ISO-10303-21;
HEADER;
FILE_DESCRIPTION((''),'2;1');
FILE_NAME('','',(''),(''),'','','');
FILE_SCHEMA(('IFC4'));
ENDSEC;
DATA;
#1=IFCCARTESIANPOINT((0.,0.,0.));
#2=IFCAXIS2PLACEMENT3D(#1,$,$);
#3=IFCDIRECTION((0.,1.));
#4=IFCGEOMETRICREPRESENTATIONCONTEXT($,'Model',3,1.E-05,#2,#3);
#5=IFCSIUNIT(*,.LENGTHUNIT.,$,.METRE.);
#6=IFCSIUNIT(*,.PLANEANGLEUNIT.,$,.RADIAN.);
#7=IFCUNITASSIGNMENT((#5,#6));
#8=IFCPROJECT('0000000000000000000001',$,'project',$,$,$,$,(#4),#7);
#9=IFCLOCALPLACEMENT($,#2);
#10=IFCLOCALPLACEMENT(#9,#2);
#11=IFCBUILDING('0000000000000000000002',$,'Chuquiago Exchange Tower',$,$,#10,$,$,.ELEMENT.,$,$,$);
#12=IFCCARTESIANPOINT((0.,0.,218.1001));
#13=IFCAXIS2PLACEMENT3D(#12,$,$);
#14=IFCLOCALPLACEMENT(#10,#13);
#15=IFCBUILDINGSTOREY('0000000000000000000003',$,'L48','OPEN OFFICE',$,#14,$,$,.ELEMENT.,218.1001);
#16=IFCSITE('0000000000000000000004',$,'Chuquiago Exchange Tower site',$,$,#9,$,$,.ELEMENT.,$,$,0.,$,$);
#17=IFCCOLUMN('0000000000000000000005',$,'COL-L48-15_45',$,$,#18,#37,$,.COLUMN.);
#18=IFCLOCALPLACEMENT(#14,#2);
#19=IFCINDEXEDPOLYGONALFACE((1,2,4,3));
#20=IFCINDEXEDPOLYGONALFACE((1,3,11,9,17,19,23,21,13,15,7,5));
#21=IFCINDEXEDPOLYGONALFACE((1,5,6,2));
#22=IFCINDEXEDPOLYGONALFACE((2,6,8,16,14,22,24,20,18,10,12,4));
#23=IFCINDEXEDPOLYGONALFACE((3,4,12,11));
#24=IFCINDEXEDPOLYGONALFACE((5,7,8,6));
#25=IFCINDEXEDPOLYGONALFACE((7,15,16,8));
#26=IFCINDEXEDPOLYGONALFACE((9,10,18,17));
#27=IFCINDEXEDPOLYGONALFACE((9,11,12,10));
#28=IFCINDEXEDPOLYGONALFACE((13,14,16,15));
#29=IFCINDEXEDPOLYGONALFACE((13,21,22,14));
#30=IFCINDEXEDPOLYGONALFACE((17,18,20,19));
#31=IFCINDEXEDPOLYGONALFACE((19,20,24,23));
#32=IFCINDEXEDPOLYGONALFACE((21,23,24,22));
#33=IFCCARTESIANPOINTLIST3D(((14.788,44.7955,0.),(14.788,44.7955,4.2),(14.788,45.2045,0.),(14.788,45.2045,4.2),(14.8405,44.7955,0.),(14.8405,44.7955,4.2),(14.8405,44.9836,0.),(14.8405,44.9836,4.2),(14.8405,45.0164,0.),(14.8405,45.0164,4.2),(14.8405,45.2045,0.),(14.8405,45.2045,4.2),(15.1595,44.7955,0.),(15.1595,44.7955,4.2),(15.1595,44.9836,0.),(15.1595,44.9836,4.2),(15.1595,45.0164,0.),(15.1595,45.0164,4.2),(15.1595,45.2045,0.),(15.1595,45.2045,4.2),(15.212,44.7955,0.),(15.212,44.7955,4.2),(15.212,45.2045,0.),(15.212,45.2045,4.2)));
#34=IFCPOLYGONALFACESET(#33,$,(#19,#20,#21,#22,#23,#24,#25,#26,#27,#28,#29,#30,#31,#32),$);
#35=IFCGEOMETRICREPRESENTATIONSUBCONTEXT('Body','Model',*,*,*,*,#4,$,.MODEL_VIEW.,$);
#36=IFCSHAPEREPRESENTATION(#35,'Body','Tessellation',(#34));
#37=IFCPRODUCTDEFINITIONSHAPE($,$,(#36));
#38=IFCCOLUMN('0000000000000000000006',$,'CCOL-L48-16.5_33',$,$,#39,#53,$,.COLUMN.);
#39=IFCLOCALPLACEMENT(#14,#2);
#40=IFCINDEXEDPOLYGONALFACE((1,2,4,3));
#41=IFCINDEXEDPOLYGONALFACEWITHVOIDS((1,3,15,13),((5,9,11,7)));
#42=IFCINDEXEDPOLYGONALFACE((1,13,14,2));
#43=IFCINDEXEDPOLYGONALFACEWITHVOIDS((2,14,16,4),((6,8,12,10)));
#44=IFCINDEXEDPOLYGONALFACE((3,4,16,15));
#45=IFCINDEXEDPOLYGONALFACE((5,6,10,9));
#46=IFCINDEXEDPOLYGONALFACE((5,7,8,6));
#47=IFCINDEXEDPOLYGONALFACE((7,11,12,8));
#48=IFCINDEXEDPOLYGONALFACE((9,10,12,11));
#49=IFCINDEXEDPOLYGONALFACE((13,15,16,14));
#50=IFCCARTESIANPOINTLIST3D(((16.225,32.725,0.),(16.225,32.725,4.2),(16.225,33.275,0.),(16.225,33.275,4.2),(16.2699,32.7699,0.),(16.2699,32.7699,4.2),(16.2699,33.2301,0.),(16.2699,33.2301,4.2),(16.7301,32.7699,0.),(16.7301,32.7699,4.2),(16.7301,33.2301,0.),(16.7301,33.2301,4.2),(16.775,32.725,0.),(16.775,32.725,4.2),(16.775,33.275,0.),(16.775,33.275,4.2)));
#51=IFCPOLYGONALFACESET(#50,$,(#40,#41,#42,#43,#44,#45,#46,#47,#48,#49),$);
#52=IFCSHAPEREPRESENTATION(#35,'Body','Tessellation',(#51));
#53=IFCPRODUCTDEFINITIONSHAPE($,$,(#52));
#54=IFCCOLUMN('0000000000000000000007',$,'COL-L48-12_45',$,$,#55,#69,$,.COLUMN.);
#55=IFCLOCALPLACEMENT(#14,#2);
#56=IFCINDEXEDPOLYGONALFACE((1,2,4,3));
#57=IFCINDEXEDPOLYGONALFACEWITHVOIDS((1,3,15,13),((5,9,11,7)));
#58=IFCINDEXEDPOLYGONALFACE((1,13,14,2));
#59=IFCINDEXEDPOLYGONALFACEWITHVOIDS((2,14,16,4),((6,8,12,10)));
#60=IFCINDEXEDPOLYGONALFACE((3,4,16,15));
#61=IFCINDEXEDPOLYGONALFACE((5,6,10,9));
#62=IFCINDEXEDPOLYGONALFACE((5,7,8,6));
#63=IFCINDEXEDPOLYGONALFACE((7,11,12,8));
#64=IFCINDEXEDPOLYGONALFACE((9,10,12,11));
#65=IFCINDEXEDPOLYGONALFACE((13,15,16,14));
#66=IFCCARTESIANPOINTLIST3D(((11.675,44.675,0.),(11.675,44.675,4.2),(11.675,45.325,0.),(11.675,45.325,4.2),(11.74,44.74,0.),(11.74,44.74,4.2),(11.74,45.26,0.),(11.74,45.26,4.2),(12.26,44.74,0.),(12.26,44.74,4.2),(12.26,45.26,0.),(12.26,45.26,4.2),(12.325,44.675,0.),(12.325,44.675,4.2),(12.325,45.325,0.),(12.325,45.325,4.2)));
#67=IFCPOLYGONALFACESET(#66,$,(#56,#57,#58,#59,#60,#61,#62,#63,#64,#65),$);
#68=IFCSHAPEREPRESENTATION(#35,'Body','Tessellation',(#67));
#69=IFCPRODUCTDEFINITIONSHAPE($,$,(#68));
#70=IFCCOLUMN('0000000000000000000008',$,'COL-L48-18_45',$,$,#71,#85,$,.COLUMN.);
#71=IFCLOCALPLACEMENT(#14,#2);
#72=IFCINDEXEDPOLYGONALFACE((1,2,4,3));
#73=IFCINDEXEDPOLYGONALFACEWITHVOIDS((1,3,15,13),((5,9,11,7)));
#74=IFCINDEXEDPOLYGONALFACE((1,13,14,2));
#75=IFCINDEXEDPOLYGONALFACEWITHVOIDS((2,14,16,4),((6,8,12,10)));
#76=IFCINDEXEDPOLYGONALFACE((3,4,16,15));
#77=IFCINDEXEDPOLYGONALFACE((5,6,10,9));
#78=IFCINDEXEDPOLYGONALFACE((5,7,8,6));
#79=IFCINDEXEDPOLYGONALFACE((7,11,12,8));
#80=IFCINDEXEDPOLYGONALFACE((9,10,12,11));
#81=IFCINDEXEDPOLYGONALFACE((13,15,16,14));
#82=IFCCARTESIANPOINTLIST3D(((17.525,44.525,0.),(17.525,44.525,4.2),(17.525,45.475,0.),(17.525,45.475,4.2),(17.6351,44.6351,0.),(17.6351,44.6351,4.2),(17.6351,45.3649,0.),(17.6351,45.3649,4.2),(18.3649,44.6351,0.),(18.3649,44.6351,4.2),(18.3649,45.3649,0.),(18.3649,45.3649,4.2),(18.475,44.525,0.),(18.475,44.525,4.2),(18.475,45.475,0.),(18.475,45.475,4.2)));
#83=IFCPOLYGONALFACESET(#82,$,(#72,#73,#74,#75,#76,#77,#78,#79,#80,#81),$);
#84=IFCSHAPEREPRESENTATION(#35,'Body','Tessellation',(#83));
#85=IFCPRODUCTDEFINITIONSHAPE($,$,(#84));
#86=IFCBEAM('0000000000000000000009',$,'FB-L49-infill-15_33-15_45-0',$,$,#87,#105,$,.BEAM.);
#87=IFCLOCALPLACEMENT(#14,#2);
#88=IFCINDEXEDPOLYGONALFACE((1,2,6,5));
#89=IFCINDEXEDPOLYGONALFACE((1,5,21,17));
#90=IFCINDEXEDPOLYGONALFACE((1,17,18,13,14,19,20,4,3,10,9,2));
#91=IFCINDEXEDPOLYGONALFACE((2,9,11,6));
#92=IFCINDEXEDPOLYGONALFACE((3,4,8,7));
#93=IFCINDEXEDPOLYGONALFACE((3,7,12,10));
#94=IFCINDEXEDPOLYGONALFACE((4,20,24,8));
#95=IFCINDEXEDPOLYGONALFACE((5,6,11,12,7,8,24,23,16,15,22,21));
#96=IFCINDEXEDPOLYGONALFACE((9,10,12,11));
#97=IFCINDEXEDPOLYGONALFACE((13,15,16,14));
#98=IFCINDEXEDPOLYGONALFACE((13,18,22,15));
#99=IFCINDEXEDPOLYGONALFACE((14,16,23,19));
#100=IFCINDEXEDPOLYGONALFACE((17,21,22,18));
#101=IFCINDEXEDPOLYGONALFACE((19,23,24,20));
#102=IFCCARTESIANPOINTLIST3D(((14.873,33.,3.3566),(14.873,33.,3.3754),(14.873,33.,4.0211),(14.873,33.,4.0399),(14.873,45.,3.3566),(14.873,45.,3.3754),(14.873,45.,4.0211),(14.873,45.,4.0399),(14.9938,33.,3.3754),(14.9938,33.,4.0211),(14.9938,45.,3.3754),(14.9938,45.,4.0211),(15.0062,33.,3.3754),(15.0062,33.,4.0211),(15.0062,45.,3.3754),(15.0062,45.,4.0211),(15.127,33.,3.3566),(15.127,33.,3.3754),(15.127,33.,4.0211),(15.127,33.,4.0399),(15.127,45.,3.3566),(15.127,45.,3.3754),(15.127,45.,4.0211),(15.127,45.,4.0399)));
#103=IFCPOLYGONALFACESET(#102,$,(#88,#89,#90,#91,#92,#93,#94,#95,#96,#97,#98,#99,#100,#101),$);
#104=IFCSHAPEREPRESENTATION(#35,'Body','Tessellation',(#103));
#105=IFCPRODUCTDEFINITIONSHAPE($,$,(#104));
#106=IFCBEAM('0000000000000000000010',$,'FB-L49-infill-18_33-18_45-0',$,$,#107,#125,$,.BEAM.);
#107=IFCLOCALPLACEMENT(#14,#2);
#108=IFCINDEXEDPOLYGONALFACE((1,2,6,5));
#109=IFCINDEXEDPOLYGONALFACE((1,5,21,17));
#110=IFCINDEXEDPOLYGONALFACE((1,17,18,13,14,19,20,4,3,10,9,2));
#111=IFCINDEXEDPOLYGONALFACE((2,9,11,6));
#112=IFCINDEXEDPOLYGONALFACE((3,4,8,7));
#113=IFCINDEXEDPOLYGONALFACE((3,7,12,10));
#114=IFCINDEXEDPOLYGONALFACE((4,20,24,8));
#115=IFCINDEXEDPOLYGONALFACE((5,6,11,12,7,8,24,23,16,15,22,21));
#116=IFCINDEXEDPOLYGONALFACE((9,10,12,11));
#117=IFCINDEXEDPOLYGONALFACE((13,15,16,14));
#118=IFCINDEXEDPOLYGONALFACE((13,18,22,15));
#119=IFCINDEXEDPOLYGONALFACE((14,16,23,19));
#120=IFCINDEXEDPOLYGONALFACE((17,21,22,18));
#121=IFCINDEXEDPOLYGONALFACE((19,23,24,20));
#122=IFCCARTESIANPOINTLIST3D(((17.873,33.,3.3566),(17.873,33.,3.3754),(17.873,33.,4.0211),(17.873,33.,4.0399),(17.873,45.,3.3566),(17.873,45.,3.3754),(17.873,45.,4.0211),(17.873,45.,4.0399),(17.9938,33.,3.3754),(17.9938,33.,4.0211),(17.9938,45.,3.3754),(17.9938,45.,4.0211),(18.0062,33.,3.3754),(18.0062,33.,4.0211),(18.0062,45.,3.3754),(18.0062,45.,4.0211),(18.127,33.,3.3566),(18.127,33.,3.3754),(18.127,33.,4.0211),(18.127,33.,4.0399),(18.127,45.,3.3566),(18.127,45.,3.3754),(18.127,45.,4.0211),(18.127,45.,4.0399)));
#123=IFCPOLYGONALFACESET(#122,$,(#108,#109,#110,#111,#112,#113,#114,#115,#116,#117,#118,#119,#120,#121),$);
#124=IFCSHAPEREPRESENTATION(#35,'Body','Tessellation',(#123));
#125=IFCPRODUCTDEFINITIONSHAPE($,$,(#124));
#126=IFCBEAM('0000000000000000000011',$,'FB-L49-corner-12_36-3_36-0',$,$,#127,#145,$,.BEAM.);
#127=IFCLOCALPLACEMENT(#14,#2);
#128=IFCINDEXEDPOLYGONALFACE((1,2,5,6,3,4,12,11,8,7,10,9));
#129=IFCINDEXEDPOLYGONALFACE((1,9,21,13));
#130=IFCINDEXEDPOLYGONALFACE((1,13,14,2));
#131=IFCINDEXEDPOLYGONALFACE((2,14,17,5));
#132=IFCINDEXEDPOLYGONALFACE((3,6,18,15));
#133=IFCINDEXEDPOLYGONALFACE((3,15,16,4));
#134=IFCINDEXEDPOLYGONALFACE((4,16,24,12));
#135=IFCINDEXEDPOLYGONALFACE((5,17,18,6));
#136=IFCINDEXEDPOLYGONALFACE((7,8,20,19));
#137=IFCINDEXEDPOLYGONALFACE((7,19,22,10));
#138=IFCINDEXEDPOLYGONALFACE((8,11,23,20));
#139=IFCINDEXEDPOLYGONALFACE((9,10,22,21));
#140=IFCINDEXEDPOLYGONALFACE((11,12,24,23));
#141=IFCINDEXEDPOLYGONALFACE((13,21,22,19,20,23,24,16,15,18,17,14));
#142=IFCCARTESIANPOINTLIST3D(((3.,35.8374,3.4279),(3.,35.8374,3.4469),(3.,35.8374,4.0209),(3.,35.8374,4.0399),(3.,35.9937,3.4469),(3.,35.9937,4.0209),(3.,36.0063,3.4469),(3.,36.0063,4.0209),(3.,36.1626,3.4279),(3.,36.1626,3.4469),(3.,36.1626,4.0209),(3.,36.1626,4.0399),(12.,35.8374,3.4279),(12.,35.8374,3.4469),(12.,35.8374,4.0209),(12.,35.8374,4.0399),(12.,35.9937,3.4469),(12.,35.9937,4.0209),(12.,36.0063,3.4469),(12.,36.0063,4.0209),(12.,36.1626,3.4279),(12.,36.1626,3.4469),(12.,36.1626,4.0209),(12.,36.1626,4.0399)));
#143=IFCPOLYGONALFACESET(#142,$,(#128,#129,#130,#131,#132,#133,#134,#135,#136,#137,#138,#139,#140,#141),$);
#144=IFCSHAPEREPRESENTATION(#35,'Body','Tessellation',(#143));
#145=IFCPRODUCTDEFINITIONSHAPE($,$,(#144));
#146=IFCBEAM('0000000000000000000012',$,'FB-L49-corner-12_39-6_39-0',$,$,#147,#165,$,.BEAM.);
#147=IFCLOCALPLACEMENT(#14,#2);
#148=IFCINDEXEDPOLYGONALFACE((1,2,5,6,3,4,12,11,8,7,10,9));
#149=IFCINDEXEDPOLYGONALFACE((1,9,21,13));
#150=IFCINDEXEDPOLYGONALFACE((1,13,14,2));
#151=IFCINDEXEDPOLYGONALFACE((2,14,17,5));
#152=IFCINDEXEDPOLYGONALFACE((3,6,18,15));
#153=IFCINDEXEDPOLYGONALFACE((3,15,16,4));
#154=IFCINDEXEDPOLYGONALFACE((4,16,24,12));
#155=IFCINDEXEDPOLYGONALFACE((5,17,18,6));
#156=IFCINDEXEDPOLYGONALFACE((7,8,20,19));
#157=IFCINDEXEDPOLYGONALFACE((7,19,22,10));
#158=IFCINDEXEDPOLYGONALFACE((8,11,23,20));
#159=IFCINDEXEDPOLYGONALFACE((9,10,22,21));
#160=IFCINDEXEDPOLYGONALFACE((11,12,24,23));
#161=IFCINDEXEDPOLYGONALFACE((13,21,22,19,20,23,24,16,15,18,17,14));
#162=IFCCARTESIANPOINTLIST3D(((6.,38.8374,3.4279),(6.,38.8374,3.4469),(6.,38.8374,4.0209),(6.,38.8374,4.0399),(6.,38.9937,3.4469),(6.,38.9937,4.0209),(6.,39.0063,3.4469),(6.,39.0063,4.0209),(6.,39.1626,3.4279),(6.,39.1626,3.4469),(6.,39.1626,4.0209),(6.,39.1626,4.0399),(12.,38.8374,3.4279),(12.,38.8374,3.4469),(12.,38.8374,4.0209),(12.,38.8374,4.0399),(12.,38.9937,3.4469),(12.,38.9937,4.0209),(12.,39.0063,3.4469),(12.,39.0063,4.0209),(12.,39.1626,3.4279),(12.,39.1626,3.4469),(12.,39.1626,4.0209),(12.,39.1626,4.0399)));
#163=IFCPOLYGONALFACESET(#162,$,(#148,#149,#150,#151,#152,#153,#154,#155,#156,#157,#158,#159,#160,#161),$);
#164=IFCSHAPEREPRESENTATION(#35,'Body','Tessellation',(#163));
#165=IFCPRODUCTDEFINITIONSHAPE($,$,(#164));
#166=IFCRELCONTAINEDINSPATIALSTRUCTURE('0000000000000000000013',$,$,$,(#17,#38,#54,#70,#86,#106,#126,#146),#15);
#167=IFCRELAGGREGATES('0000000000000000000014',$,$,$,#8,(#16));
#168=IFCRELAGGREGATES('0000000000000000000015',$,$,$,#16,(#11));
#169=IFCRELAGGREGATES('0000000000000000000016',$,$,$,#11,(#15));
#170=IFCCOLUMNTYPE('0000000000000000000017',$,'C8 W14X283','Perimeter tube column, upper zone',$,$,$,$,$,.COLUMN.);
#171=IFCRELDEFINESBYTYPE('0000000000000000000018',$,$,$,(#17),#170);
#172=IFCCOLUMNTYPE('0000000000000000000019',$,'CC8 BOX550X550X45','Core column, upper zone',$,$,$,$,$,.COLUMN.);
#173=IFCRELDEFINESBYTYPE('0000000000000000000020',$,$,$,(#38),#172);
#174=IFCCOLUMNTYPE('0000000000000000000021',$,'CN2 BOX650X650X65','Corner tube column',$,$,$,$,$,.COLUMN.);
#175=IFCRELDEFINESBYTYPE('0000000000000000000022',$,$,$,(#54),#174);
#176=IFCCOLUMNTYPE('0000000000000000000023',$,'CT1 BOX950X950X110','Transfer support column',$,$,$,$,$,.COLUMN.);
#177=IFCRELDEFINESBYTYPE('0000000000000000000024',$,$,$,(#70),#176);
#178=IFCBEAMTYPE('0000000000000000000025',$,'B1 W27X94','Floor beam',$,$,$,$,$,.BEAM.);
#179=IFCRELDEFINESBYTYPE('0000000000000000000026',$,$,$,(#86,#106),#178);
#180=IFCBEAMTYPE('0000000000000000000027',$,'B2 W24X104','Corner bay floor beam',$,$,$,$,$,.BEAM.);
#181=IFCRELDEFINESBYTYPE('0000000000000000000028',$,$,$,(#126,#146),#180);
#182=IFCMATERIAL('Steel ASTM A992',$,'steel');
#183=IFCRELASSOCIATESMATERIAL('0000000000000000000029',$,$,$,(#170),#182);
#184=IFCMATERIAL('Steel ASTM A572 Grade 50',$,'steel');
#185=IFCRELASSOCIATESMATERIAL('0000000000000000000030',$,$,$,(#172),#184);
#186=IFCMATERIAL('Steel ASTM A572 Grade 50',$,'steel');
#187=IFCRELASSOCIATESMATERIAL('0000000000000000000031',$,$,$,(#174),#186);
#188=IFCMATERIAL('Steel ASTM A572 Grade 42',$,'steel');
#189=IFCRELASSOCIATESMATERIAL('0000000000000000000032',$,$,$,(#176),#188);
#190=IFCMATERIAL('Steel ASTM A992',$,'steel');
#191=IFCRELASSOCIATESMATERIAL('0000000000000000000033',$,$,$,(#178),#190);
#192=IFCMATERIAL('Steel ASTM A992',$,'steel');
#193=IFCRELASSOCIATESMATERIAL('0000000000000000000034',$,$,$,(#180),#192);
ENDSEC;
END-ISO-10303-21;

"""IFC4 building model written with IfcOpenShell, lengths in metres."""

from ifc_helpers import new_model, si_unit, direction, frame, origin, origin_2d, place, context, subcontext, project, spatial, hollow_rectangle, i_section, extrude, material, material_profile, profile_set, type_object, element, save


model = new_model("IFC4")

# Units and contexts
model_context = context("Model", 3, precision=1e-05, world=origin(), true_north=direction((0.0, 1.0)))
body_context = subcontext(model_context, "Body", "Model", "MODEL_VIEW")
ifc_project = project(units=[si_unit("LENGTHUNIT", "METRE"), si_unit("PLANEANGLEUNIT", "RADIAN")], contexts=[model_context])

# Site, building, storey
site_placement = place(None, origin())
site = spatial("IfcSite", under=ifc_project, at=site_placement, Name="Chuquiago Exchange Tower site", CompositionType="ELEMENT", RefElevation=0.0)
building_placement = place(site_placement, origin())
building = spatial("IfcBuilding", under=site, at=building_placement, Name="Chuquiago Exchange Tower", CompositionType="ELEMENT")
storey_placement = place(building_placement, frame((0.0, 0.0, 218.1001)))
storey = spatial("IfcBuildingStorey", under=building, at=storey_placement, Name="L48", Description="OPEN OFFICE", CompositionType="ELEMENT", Elevation=218.1001)

# Columns
ifc_material_1 = material(Name="Steel ASTM A992", Category="steel")
ifc_material_profile_1 = material_profile(ifc_material_1, i_section(OverallWidth=0.4089, OverallDepth=0.4241, WebThickness=0.0327, FlangeThickness=0.0525, at=origin_2d()), Name="W14X283")
ifc_profile_set_1 = profile_set([ifc_material_profile_1], Name="Steel ASTM A992")
column_type_1 = type_object("IfcColumnType", Name="C8 W14X283", Description="Perimeter tube column, upper zone", PredefinedType="COLUMN", material=ifc_profile_set_1)
column_1_placement = place(storey_placement, frame((15.0, 45.0, 0.0), z_axis=(0.0, 0.0, 1.0), x_axis=(0.0, 1.0, 0.0)))
element("IfcColumn", 1, at=column_1_placement, inside=storey, type_object=column_type_1, Name="COL-L48-15_45", PredefinedType="COLUMN", context=body_context, shape_type="SweptSolid", body=[
    extrude(i_section(OverallWidth=0.4089, OverallDepth=0.4241, WebThickness=0.0327, FlangeThickness=0.0525, at=origin_2d()), origin(), (0.0, 0.0, 1.0), 4.2),
])
ifc_material_2 = material(Name="Steel ASTM A572 Grade 50", Category="steel")
ifc_material_profile_2 = material_profile(ifc_material_2, hollow_rectangle(XDim=0.55, YDim=0.55, WallThickness=0.0449, at=origin_2d()), Name="BOX550X550X45")
ifc_profile_set_2 = profile_set([ifc_material_profile_2], Name="Steel ASTM A572 Grade 50")
column_type_2 = type_object("IfcColumnType", Name="CC8 BOX550X550X45", Description="Core column, upper zone", PredefinedType="COLUMN", material=ifc_profile_set_2)
column_2_placement = place(storey_placement, frame((16.5, 33.0, 0.0), z_axis=(0.0, 0.0, 1.0), x_axis=(1.0, 0.0, 0.0)))
element("IfcColumn", 2, at=column_2_placement, inside=storey, type_object=column_type_2, Name="CCOL-L48-16.5_33", PredefinedType="COLUMN", context=body_context, shape_type="SweptSolid", body=[
    extrude(hollow_rectangle(XDim=0.55, YDim=0.55, WallThickness=0.0449, at=origin_2d()), origin(), (0.0, 0.0, 1.0), 4.2),
])
ifc_material_3 = material(Name="Steel ASTM A572 Grade 50", Category="steel")
ifc_material_profile_3 = material_profile(ifc_material_3, hollow_rectangle(XDim=0.6499, YDim=0.6499, WallThickness=0.0649, at=origin_2d()), Name="BOX650X650X65")
ifc_profile_set_3 = profile_set([ifc_material_profile_3], Name="Steel ASTM A572 Grade 50")
column_type_3 = type_object("IfcColumnType", Name="CN2 BOX650X650X65", Description="Corner tube column", PredefinedType="COLUMN", material=ifc_profile_set_3)
column_3_placement = place(storey_placement, frame((12.0, 45.0, 0.0), z_axis=(0.0, 0.0, 1.0), x_axis=(0.0, 1.0, 0.0)))
element("IfcColumn", 3, at=column_3_placement, inside=storey, type_object=column_type_3, Name="COL-L48-12_45", PredefinedType="COLUMN", context=body_context, shape_type="SweptSolid", body=[
    extrude(hollow_rectangle(XDim=0.6499, YDim=0.6499, WallThickness=0.0649, at=origin_2d()), origin(), (0.0, 0.0, 1.0), 4.2),
])
ifc_material_4 = material(Name="Steel ASTM A572 Grade 42", Category="steel")
ifc_material_profile_4 = material_profile(ifc_material_4, hollow_rectangle(XDim=0.95, YDim=0.95, WallThickness=0.1101, at=origin_2d()), Name="BOX950X950X110")
ifc_profile_set_4 = profile_set([ifc_material_profile_4], Name="Steel ASTM A572 Grade 42")
column_type_4 = type_object("IfcColumnType", Name="CT1 BOX950X950X110", Description="Transfer support column", PredefinedType="COLUMN", material=ifc_profile_set_4)
column_4_placement = place(storey_placement, frame((18.0, 45.0, 0.0), z_axis=(0.0, 0.0, 1.0), x_axis=(0.0, 1.0, 0.0)))
element("IfcColumn", 4, at=column_4_placement, inside=storey, type_object=column_type_4, Name="COL-L48-18_45", PredefinedType="COLUMN", context=body_context, shape_type="SweptSolid", body=[
    extrude(hollow_rectangle(XDim=0.95, YDim=0.95, WallThickness=0.1101, at=origin_2d()), origin(), (0.0, 0.0, 1.0), 4.2),
])

# Beams
ifc_material_5 = material(Name="Steel ASTM A992", Category="steel")
ifc_material_profile_5 = material_profile(ifc_material_5, i_section(OverallWidth=0.2539, OverallDepth=0.6833, WebThickness=0.0125, FlangeThickness=0.0188, at=origin_2d()), Name="W27X94")
ifc_profile_set_5 = profile_set([ifc_material_profile_5], Name="Steel ASTM A992")
beam_type_1 = type_object("IfcBeamType", Name="B1 W27X94", Description="Floor beam", PredefinedType="BEAM", material=ifc_profile_set_5)
for number, where, z_axis, x_axis, name in (
    (5, (15.0, 33.0, 3.6982), (0.0, 1.0, 0.0), (-1.0, 0.0, 0.0), "FB-L49-infill-15_33-15_45-0"),
    (6, (18.0, 33.0, 3.6982), (0.0, 1.0, 0.0), (-1.0, 0.0, 0.0), "FB-L49-infill-18_33-18_45-0"),
):
    element("IfcBeam", number, at=place(storey_placement, frame(where, z_axis=z_axis, x_axis=x_axis)), inside=storey, type_object=beam_type_1, Name=name, PredefinedType="BEAM", context=body_context, shape_type="SweptSolid", body=[
        extrude(i_section(OverallWidth=0.2539, OverallDepth=0.6833, WebThickness=0.0125, FlangeThickness=0.0188, at=origin_2d()), origin(), (0.0, 0.0, 1.0), 12.0),
    ])
ifc_material_6 = material(Name="Steel ASTM A992", Category="steel")
ifc_material_profile_6 = material_profile(ifc_material_6, i_section(OverallWidth=0.3252, OverallDepth=0.6121, WebThickness=0.0127, FlangeThickness=0.019, at=origin_2d()), Name="W24X104")
ifc_profile_set_6 = profile_set([ifc_material_profile_6], Name="Steel ASTM A992")
beam_type_2 = type_object("IfcBeamType", Name="B2 W24X104", Description="Corner bay floor beam", PredefinedType="BEAM", material=ifc_profile_set_6)
beam_1_placement = place(storey_placement, frame((12.0, 36.0, 3.7339), z_axis=(-1.0, 0.0, 0.0), x_axis=(0.0, -1.0, 0.0)))
element("IfcBeam", 7, at=beam_1_placement, inside=storey, type_object=beam_type_2, Name="FB-L49-corner-12_36-3_36-0", PredefinedType="BEAM", context=body_context, shape_type="SweptSolid", body=[
    extrude(i_section(OverallWidth=0.3252, OverallDepth=0.6121, WebThickness=0.0127, FlangeThickness=0.019, at=origin_2d()), origin(), (0.0, 0.0, 1.0), 9.0),
])
beam_2_placement = place(storey_placement, frame((12.0, 39.0, 3.7339), z_axis=(-1.0, 0.0, 0.0), x_axis=(0.0, -1.0, 0.0)))
element("IfcBeam", 8, at=beam_2_placement, inside=storey, type_object=beam_type_2, Name="FB-L49-corner-12_39-6_39-0", PredefinedType="BEAM", context=body_context, shape_type="SweptSolid", body=[
    extrude(i_section(OverallWidth=0.3252, OverallDepth=0.6121, WebThickness=0.0127, FlangeThickness=0.019, at=origin_2d()), origin(), (0.0, 0.0, 1.0), 6.0),
])

save(model, "model.ifc")
